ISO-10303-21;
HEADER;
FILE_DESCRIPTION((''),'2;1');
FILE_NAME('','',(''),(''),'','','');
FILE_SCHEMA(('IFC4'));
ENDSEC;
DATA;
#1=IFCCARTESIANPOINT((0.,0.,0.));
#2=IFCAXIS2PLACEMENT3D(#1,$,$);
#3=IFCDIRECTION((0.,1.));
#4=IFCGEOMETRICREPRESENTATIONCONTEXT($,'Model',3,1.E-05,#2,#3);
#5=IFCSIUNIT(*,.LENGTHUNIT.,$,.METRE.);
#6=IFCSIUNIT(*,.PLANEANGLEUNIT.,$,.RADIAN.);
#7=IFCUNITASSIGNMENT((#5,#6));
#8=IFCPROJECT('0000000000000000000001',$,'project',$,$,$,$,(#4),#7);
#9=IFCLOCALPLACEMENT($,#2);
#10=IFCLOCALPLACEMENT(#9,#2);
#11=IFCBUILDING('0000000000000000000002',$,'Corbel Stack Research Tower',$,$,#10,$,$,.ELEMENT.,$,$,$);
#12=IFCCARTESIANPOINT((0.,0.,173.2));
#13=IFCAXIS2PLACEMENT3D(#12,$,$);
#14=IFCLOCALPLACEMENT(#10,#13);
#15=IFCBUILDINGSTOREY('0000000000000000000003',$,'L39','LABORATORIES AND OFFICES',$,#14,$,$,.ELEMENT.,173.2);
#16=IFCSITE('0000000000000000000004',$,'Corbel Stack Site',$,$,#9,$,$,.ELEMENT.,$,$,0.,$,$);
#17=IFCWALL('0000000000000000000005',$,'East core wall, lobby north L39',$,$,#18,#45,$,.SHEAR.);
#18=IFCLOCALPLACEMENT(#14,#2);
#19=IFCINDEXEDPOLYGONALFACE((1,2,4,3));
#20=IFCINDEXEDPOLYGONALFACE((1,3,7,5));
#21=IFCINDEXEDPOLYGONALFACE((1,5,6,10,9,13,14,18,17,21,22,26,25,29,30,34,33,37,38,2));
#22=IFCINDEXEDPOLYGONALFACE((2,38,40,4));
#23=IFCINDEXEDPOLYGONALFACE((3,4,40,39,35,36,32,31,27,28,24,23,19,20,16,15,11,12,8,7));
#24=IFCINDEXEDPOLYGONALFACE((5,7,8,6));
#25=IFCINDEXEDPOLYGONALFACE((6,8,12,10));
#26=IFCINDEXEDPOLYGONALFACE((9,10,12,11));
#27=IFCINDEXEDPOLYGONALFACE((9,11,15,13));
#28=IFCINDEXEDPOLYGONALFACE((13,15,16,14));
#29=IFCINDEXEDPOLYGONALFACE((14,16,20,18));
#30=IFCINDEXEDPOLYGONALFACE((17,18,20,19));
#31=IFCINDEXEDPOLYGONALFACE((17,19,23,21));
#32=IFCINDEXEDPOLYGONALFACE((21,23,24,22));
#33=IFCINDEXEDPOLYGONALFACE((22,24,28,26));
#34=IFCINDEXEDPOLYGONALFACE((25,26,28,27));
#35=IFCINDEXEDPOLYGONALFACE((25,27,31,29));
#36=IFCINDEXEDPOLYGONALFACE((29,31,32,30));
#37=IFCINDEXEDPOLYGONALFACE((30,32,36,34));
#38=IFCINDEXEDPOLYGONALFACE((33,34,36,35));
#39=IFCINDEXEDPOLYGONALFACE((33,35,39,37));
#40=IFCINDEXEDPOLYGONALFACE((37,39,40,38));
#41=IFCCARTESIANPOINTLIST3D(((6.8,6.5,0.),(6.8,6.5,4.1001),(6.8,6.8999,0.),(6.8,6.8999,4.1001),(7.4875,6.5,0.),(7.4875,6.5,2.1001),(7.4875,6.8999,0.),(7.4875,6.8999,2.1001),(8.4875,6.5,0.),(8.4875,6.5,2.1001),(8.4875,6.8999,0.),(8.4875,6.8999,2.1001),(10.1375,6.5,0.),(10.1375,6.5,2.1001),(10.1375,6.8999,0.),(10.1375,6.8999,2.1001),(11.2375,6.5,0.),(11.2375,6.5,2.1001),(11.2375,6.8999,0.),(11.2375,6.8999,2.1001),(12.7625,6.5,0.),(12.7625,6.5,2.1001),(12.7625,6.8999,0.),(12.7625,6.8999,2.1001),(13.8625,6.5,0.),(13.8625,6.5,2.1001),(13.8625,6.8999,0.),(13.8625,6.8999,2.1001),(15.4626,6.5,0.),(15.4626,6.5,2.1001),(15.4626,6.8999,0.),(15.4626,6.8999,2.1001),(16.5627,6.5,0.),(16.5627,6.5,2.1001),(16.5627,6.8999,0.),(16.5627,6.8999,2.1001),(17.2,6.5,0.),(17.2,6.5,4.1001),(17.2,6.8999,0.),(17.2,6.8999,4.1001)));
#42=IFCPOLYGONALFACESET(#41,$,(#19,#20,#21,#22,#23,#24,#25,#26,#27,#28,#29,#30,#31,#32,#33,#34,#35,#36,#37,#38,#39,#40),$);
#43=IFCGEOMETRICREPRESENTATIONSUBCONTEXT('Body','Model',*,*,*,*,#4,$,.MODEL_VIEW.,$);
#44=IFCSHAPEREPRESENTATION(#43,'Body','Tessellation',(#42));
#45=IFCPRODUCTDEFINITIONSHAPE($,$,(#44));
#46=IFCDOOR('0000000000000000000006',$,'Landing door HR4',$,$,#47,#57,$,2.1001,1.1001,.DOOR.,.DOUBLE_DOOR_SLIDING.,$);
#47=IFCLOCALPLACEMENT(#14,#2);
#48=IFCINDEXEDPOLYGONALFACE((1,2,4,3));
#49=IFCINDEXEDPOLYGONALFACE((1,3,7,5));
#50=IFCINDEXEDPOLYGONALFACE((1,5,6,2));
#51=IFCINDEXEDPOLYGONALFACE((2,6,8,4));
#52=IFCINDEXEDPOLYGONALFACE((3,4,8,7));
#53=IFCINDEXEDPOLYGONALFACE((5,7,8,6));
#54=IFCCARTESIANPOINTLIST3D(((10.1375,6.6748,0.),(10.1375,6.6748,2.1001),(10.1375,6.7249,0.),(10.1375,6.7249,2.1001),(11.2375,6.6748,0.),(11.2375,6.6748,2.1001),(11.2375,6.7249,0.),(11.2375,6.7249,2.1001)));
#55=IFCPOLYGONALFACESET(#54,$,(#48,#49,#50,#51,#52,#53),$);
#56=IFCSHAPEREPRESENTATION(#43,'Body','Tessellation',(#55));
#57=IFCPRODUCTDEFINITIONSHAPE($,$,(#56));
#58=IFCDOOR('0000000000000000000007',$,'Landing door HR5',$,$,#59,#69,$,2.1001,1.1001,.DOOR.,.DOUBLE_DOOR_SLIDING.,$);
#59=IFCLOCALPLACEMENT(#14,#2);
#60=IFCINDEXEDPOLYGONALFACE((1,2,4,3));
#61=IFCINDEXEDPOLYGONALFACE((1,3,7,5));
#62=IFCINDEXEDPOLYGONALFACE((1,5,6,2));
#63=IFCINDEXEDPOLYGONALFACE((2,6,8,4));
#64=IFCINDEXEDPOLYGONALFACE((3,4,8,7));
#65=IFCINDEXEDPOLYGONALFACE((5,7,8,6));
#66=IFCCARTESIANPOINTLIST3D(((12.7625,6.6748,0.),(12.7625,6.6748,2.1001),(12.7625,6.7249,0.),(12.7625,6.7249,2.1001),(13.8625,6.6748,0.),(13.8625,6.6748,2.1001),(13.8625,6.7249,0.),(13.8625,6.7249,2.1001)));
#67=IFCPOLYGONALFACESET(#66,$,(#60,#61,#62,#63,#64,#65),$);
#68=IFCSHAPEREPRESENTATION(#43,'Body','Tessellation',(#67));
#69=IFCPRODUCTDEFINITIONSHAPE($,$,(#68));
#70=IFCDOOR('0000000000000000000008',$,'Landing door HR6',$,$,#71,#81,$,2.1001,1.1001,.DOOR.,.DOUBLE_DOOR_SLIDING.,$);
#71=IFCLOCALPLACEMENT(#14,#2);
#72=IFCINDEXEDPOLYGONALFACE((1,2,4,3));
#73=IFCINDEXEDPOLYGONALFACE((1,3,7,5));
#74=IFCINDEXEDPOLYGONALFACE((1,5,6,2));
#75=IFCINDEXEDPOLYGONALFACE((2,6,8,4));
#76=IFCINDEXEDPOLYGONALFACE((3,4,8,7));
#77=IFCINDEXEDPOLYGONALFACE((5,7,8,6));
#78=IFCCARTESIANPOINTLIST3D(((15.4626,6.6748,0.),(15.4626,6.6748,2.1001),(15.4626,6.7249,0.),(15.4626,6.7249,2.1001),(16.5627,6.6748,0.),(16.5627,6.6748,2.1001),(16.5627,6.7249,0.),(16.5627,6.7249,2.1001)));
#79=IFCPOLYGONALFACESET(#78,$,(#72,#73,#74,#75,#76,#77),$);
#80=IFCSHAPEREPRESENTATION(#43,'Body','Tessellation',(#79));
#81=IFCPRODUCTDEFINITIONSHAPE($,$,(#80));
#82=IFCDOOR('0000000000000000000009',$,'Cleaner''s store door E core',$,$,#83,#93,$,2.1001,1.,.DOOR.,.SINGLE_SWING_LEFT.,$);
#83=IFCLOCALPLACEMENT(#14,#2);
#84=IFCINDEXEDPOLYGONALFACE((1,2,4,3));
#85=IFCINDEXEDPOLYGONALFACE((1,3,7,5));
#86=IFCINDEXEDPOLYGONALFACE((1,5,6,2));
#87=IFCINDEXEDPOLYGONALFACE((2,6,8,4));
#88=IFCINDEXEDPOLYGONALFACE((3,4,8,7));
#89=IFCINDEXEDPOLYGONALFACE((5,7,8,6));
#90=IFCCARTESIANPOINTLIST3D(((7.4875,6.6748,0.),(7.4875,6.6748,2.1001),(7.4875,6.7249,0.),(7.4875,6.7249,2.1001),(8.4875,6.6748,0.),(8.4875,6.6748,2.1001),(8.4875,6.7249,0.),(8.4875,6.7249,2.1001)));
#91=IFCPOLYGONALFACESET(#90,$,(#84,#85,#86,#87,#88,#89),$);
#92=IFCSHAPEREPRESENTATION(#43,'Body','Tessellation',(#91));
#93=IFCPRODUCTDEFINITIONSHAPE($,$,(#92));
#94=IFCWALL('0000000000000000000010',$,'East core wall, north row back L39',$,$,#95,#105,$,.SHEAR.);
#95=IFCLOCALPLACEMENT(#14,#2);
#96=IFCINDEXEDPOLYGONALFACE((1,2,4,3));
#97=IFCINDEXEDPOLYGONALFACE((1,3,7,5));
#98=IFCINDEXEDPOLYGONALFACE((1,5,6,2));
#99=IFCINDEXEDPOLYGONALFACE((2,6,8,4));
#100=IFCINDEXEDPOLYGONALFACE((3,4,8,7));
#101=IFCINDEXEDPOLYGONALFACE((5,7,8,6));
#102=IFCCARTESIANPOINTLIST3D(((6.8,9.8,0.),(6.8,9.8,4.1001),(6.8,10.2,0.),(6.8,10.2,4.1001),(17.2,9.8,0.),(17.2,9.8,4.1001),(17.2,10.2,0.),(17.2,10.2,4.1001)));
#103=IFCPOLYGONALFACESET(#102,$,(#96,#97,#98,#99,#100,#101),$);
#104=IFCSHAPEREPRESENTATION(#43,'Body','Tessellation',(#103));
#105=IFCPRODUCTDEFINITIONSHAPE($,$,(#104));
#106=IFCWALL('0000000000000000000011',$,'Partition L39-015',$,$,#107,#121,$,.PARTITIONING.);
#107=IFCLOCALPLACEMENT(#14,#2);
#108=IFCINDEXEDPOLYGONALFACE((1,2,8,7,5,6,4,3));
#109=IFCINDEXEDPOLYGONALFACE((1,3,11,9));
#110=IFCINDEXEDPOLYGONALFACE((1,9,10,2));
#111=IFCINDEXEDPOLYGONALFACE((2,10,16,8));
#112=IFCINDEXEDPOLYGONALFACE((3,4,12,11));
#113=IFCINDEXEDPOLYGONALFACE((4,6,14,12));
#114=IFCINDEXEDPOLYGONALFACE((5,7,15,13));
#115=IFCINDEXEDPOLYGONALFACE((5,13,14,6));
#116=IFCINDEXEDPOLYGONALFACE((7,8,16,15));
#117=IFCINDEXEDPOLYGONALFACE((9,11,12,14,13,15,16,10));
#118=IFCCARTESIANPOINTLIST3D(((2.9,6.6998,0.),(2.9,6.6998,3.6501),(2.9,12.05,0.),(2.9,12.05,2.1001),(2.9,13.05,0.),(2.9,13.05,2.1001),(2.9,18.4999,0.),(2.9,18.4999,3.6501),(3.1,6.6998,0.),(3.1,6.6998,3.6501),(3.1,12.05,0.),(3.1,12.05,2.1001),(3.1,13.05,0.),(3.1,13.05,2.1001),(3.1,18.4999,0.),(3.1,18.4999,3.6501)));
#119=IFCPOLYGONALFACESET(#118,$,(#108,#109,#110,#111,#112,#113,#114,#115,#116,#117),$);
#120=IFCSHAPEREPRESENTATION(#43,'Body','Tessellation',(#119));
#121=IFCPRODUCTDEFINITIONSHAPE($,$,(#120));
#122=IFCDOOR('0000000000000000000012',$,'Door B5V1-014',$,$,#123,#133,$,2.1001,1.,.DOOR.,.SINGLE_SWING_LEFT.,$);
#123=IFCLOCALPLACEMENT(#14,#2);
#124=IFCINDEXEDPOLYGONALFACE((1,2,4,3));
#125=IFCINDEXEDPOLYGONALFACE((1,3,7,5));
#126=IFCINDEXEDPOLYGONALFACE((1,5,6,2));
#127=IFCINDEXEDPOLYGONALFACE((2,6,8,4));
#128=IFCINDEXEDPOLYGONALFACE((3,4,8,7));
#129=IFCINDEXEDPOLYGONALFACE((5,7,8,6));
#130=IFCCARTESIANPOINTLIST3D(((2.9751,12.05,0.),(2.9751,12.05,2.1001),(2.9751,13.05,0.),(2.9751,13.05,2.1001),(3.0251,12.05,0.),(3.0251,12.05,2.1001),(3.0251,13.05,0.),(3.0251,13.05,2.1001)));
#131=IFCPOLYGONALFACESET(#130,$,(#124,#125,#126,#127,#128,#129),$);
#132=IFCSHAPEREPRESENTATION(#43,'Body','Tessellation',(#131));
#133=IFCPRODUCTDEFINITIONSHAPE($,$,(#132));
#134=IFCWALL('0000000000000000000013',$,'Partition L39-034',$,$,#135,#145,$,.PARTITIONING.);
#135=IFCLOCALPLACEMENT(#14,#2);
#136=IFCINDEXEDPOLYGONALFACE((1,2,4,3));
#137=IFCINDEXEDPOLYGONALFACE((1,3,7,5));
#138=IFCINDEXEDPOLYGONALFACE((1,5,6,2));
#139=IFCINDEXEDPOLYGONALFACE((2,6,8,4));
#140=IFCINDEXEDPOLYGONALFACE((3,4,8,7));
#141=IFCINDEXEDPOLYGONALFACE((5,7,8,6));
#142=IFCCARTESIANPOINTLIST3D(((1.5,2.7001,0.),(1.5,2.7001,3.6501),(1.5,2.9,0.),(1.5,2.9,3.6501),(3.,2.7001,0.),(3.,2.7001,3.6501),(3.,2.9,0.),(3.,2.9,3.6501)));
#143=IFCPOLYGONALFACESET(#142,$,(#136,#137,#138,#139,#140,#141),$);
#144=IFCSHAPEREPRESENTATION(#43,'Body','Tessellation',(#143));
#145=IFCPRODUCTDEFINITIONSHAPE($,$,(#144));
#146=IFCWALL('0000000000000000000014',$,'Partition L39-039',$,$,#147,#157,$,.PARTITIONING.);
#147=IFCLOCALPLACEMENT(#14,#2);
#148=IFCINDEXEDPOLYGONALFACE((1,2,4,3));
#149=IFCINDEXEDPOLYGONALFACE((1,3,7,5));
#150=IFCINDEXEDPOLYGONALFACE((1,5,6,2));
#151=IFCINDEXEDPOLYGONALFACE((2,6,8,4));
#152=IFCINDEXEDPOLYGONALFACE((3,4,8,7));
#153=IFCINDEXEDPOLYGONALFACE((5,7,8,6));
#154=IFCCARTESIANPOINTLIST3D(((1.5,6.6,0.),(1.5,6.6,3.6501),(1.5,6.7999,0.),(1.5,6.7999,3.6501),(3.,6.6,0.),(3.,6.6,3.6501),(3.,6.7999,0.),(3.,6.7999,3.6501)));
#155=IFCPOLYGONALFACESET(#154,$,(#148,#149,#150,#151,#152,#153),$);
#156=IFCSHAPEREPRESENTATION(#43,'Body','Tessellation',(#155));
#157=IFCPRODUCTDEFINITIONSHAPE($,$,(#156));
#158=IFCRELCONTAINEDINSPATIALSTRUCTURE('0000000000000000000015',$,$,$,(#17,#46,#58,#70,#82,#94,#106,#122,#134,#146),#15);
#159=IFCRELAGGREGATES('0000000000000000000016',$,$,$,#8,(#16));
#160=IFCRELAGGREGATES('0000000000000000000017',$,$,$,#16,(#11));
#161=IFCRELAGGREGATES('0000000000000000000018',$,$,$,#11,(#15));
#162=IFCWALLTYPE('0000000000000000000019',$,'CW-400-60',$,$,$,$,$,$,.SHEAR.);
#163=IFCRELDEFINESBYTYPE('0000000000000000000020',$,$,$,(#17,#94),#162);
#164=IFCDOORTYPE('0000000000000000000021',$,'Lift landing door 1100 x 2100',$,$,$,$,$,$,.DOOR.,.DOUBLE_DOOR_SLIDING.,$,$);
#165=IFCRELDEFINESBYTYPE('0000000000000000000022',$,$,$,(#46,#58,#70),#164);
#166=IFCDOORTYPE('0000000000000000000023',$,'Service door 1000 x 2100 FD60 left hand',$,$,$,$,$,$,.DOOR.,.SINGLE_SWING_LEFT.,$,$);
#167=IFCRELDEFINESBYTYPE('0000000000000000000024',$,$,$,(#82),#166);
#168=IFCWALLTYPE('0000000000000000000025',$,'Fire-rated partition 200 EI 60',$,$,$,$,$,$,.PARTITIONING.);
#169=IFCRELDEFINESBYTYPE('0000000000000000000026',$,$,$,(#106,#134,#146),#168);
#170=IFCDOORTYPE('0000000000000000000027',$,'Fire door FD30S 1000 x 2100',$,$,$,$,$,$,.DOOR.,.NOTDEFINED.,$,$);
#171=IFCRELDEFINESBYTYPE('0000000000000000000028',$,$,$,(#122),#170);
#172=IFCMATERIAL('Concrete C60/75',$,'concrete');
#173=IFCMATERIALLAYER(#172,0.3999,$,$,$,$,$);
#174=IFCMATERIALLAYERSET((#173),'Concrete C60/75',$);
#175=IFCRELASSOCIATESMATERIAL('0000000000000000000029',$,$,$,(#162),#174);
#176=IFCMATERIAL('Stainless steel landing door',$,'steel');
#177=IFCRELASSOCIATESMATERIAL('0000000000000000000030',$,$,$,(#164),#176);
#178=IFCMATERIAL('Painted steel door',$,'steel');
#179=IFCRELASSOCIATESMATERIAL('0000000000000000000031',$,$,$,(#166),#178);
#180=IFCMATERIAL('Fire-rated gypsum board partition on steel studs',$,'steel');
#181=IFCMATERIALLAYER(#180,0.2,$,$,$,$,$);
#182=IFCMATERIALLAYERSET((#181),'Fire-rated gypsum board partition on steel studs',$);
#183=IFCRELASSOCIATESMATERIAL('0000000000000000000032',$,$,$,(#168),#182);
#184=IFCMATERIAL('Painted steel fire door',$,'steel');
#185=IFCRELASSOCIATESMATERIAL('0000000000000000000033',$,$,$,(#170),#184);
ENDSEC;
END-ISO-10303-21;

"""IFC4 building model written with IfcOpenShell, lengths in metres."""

from ifc_helpers import new_model, si_unit, direction, frame, frame_2d, origin, place, context, subcontext, project, spatial, rectangle, extrude, material, layer, layer_set, type_object, element, fill, save


model = new_model("IFC4")

# Units and contexts
model_context = context("Model", 3, precision=1e-05, world=origin(), true_north=direction((0.0, 1.0)))
body_context = subcontext(model_context, "Body", "Model", "MODEL_VIEW")
ifc_project = project(units=[si_unit("LENGTHUNIT", "METRE"), si_unit("PLANEANGLEUNIT", "RADIAN")], contexts=[model_context])

# Site, building, storey
site_placement = place(None, origin())
site = spatial("IfcSite", under=ifc_project, at=site_placement, Name="Corbel Stack Site", CompositionType="ELEMENT", RefElevation=0.0)
building_placement = place(site_placement, origin())
building = spatial("IfcBuilding", under=site, at=building_placement, Name="Corbel Stack Research Tower", CompositionType="ELEMENT")
storey_placement = place(building_placement, frame((0.0, 0.0, 173.2)))
storey = spatial("IfcBuildingStorey", under=building, at=storey_placement, Name="L39", Description="LABORATORIES AND OFFICES", CompositionType="ELEMENT", Elevation=173.2)

# Wall, openings, doors
ifc_material_1 = material(Name="Concrete C60/75", Category="concrete")
ifc_layer_1 = layer(ifc_material_1, 0.3999)
ifc_layer_set_1 = layer_set([ifc_layer_1], Name="Concrete C60/75")
wall_type_1 = type_object("IfcWallType", Name="CW-400-60", PredefinedType="SHEAR", material=ifc_layer_set_1)
ifc_material_2 = material(Name="Stainless steel landing door", Category="steel")
door_type_1 = type_object("IfcDoorType", Name="Lift landing door 1100 x 2100", OperationType="DOUBLE_DOOR_SLIDING", PredefinedType="DOOR", material=ifc_material_2)
ifc_material_3 = material(Name="Painted steel door", Category="steel")
door_type_2 = type_object("IfcDoorType", Name="Service door 1000 x 2100 FD60 left hand", OperationType="SINGLE_SWING_LEFT", PredefinedType="DOOR", material=ifc_material_3)
wall_1_placement = place(storey_placement, frame((6.8, 6.7, 0.0), z_axis=(0.0, 0.0, 1.0), x_axis=(1.0, 0.0, 0.0)))
wall_1 = element("IfcWall", 1, at=wall_1_placement, inside=storey, type_object=wall_type_1, Name="East core wall, lobby north L39", PredefinedType="SHEAR", context=body_context, shape_type="SweptSolid", body=[
    extrude(rectangle(XDim=10.3999, YDim=0.3999, at=frame_2d((5.2, 0.0))), origin(), (0.0, 0.0, 1.0), 4.1001),
])
opening_1_placement = place(wall_1_placement, frame((3.3374, 0.0, 0.0)))
opening_1 = element("IfcOpeningElement", 2, at=opening_1_placement, cuts=wall_1, PredefinedType="OPENING", context=body_context, shape_type="SweptSolid", body=[
    extrude(rectangle(XDim=1.1001, YDim=2.1001, at=frame_2d((0.55, 1.05))), frame((0.0, 0.21, 0.0), z_axis=(0.0, -1.0, 0.0), x_axis=(1.0, 0.0, 0.0)), (0.0, 0.0, 1.0), 0.4199),
])
opening_2_placement = place(wall_1_placement, frame((5.9624, 0.0, 0.0)))
opening_2 = element("IfcOpeningElement", 3, at=opening_2_placement, cuts=wall_1, PredefinedType="OPENING", context=body_context, shape_type="SweptSolid", body=[
    extrude(rectangle(XDim=1.1001, YDim=2.1001, at=frame_2d((0.55, 1.05))), frame((0.0, 0.21, 0.0), z_axis=(0.0, -1.0, 0.0), x_axis=(1.0, 0.0, 0.0)), (0.0, 0.0, 1.0), 0.4199),
])
opening_3_placement = place(wall_1_placement, frame((8.6626, 0.0, 0.0)))
opening_3 = element("IfcOpeningElement", 4, at=opening_3_placement, cuts=wall_1, PredefinedType="OPENING", context=body_context, shape_type="SweptSolid", body=[
    extrude(rectangle(XDim=1.1001, YDim=2.1001, at=frame_2d((0.55, 1.05))), frame((0.0, 0.21, 0.0), z_axis=(0.0, -1.0, 0.0), x_axis=(1.0, 0.0, 0.0)), (0.0, 0.0, 1.0), 0.4199),
])
opening_4_placement = place(wall_1_placement, frame((0.6875, 0.0, 0.0)))
opening_4 = element("IfcOpeningElement", 5, at=opening_4_placement, cuts=wall_1, PredefinedType="OPENING", context=body_context, shape_type="SweptSolid", body=[
    extrude(rectangle(XDim=1.0, YDim=2.1001, at=frame_2d((0.5, 1.05))), frame((0.0, 0.21, 0.0), z_axis=(0.0, -1.0, 0.0), x_axis=(1.0, 0.0, 0.0)), (0.0, 0.0, 1.0), 0.4199),
])
door_1_placement = place(opening_1_placement, origin())
door_1 = element("IfcDoor", 6, at=door_1_placement, inside=storey, type_object=door_type_1, Name="Landing door HR4", OperationType="DOUBLE_DOOR_SLIDING", OverallHeight=2.1001, OverallWidth=1.1001, PredefinedType="DOOR", context=body_context, shape_type="SweptSolid", body=[
    extrude(rectangle(XDim=1.1001, YDim=2.1001, at=frame_2d((0.55, 1.05))), frame((0.0, 0.0249, 0.0), z_axis=(0.0, -1.0, 0.0), x_axis=(1.0, 0.0, 0.0)), (0.0, 0.0, 1.0), 0.05),
])
fill(opening_1, door_1)
door_2_placement = place(opening_2_placement, origin())
door_2 = element("IfcDoor", 7, at=door_2_placement, inside=storey, type_object=door_type_1, Name="Landing door HR5", OperationType="DOUBLE_DOOR_SLIDING", OverallHeight=2.1001, OverallWidth=1.1001, PredefinedType="DOOR", context=body_context, shape_type="SweptSolid", body=[
    extrude(rectangle(XDim=1.1001, YDim=2.1001, at=frame_2d((0.55, 1.05))), frame((0.0, 0.0249, 0.0), z_axis=(0.0, -1.0, 0.0), x_axis=(1.0, 0.0, 0.0)), (0.0, 0.0, 1.0), 0.05),
])
fill(opening_2, door_2)
door_3_placement = place(opening_3_placement, origin())
door_3 = element("IfcDoor", 8, at=door_3_placement, inside=storey, type_object=door_type_1, Name="Landing door HR6", OperationType="DOUBLE_DOOR_SLIDING", OverallHeight=2.1001, OverallWidth=1.1001, PredefinedType="DOOR", context=body_context, shape_type="SweptSolid", body=[
    extrude(rectangle(XDim=1.1001, YDim=2.1001, at=frame_2d((0.55, 1.05))), frame((0.0, 0.0249, 0.0), z_axis=(0.0, -1.0, 0.0), x_axis=(1.0, 0.0, 0.0)), (0.0, 0.0, 1.0), 0.05),
])
fill(opening_3, door_3)
door_4_placement = place(opening_4_placement, origin())
door_4 = element("IfcDoor", 9, at=door_4_placement, inside=storey, type_object=door_type_2, Name="Cleaner's store door E core", OperationType="SINGLE_SWING_LEFT", OverallHeight=2.1001, OverallWidth=1.0, PredefinedType="DOOR", context=body_context, shape_type="SweptSolid", body=[
    extrude(rectangle(XDim=1.0, YDim=2.1001, at=frame_2d((0.5, 1.05))), frame((0.0, 0.0249, 0.0), z_axis=(0.0, -1.0, 0.0), x_axis=(1.0, 0.0, 0.0)), (0.0, 0.0, 1.0), 0.05),
])
fill(opening_4, door_4)

# Wall
wall_2_placement = place(storey_placement, frame((6.8, 10.0, 0.0), z_axis=(0.0, 0.0, 1.0), x_axis=(1.0, 0.0, 0.0)))
element("IfcWall", 10, at=wall_2_placement, inside=storey, type_object=wall_type_1, Name="East core wall, north row back L39", PredefinedType="SHEAR", context=body_context, shape_type="SweptSolid", body=[
    extrude(rectangle(XDim=10.3999, YDim=0.3999, at=frame_2d((5.2, 0.0))), origin(), (0.0, 0.0, 1.0), 4.1001),
])

# Wall, opening, door
ifc_material_4 = material(Name="Fire-rated gypsum board partition on steel studs", Category="steel")
ifc_layer_2 = layer(ifc_material_4, 0.2)
ifc_layer_set_2 = layer_set([ifc_layer_2], Name="Fire-rated gypsum board partition on steel studs")
wall_type_2 = type_object("IfcWallType", Name="Fire-rated partition 200 EI 60", PredefinedType="PARTITIONING", material=ifc_layer_set_2)
wall_3_placement = place(storey_placement, frame((3.0, 6.7, 0.0), z_axis=(0.0, 0.0, 1.0), x_axis=(0.0, 1.0, 0.0)))
wall_3 = element("IfcWall", 11, at=wall_3_placement, inside=storey, type_object=wall_type_2, Name="Partition L39-015", PredefinedType="PARTITIONING", context=body_context, shape_type="SweptSolid", body=[
    extrude(rectangle(XDim=11.8, YDim=0.2, at=frame_2d((5.8999, 0.0))), origin(), (0.0, 0.0, 1.0), 3.6501),
])
opening_5_placement = place(wall_3_placement, frame((5.3501, 0.0, 0.0)))
opening_5 = element("IfcOpeningElement", 12, at=opening_5_placement, cuts=wall_3, PredefinedType="OPENING", context=body_context, shape_type="SweptSolid", body=[
    extrude(rectangle(XDim=1.0, YDim=2.1001, at=frame_2d((0.5, 1.05))), frame((0.0, 0.1099, 0.0), z_axis=(0.0, -1.0, 0.0), x_axis=(1.0, 0.0, 0.0)), (0.0, 0.0, 1.0), 0.22),
])
ifc_material_5 = material(Name="Painted steel fire door", Category="steel")
door_type_3 = type_object("IfcDoorType", Name="Fire door FD30S 1000 x 2100", OperationType="NOTDEFINED", PredefinedType="DOOR", material=ifc_material_5)
door_5_placement = place(opening_5_placement, origin())
door_5 = element("IfcDoor", 13, at=door_5_placement, inside=storey, type_object=door_type_3, Name="Door B5V1-014", OperationType="SINGLE_SWING_LEFT", OverallHeight=2.1001, OverallWidth=1.0, PredefinedType="DOOR", context=body_context, shape_type="SweptSolid", body=[
    extrude(rectangle(XDim=1.0, YDim=2.1001, at=frame_2d((0.5, 1.05))), frame((0.0, 0.0249, 0.0), z_axis=(0.0, -1.0, 0.0), x_axis=(1.0, 0.0, 0.0)), (0.0, 0.0, 1.0), 0.05),
])
fill(opening_5, door_5)

# Walls
for number, where, z_axis, x_axis, name in (
    (14, (1.5, 2.8, 0.0), (0.0, 0.0, 1.0), (1.0, 0.0, 0.0), "Partition L39-034"),
    (15, (1.5, 6.7, 0.0), (0.0, 0.0, 1.0), (1.0, 0.0, 0.0), "Partition L39-039"),
):
    element("IfcWall", number, at=place(storey_placement, frame(where, z_axis=z_axis, x_axis=x_axis)), inside=storey, type_object=wall_type_2, Name=name, PredefinedType="PARTITIONING", context=body_context, shape_type="SweptSolid", body=[
        extrude(rectangle(XDim=1.5, YDim=0.2, at=frame_2d((0.75, 0.0))), origin(), (0.0, 0.0, 1.0), 3.6501),
    ])

save(model, "model.ifc")
